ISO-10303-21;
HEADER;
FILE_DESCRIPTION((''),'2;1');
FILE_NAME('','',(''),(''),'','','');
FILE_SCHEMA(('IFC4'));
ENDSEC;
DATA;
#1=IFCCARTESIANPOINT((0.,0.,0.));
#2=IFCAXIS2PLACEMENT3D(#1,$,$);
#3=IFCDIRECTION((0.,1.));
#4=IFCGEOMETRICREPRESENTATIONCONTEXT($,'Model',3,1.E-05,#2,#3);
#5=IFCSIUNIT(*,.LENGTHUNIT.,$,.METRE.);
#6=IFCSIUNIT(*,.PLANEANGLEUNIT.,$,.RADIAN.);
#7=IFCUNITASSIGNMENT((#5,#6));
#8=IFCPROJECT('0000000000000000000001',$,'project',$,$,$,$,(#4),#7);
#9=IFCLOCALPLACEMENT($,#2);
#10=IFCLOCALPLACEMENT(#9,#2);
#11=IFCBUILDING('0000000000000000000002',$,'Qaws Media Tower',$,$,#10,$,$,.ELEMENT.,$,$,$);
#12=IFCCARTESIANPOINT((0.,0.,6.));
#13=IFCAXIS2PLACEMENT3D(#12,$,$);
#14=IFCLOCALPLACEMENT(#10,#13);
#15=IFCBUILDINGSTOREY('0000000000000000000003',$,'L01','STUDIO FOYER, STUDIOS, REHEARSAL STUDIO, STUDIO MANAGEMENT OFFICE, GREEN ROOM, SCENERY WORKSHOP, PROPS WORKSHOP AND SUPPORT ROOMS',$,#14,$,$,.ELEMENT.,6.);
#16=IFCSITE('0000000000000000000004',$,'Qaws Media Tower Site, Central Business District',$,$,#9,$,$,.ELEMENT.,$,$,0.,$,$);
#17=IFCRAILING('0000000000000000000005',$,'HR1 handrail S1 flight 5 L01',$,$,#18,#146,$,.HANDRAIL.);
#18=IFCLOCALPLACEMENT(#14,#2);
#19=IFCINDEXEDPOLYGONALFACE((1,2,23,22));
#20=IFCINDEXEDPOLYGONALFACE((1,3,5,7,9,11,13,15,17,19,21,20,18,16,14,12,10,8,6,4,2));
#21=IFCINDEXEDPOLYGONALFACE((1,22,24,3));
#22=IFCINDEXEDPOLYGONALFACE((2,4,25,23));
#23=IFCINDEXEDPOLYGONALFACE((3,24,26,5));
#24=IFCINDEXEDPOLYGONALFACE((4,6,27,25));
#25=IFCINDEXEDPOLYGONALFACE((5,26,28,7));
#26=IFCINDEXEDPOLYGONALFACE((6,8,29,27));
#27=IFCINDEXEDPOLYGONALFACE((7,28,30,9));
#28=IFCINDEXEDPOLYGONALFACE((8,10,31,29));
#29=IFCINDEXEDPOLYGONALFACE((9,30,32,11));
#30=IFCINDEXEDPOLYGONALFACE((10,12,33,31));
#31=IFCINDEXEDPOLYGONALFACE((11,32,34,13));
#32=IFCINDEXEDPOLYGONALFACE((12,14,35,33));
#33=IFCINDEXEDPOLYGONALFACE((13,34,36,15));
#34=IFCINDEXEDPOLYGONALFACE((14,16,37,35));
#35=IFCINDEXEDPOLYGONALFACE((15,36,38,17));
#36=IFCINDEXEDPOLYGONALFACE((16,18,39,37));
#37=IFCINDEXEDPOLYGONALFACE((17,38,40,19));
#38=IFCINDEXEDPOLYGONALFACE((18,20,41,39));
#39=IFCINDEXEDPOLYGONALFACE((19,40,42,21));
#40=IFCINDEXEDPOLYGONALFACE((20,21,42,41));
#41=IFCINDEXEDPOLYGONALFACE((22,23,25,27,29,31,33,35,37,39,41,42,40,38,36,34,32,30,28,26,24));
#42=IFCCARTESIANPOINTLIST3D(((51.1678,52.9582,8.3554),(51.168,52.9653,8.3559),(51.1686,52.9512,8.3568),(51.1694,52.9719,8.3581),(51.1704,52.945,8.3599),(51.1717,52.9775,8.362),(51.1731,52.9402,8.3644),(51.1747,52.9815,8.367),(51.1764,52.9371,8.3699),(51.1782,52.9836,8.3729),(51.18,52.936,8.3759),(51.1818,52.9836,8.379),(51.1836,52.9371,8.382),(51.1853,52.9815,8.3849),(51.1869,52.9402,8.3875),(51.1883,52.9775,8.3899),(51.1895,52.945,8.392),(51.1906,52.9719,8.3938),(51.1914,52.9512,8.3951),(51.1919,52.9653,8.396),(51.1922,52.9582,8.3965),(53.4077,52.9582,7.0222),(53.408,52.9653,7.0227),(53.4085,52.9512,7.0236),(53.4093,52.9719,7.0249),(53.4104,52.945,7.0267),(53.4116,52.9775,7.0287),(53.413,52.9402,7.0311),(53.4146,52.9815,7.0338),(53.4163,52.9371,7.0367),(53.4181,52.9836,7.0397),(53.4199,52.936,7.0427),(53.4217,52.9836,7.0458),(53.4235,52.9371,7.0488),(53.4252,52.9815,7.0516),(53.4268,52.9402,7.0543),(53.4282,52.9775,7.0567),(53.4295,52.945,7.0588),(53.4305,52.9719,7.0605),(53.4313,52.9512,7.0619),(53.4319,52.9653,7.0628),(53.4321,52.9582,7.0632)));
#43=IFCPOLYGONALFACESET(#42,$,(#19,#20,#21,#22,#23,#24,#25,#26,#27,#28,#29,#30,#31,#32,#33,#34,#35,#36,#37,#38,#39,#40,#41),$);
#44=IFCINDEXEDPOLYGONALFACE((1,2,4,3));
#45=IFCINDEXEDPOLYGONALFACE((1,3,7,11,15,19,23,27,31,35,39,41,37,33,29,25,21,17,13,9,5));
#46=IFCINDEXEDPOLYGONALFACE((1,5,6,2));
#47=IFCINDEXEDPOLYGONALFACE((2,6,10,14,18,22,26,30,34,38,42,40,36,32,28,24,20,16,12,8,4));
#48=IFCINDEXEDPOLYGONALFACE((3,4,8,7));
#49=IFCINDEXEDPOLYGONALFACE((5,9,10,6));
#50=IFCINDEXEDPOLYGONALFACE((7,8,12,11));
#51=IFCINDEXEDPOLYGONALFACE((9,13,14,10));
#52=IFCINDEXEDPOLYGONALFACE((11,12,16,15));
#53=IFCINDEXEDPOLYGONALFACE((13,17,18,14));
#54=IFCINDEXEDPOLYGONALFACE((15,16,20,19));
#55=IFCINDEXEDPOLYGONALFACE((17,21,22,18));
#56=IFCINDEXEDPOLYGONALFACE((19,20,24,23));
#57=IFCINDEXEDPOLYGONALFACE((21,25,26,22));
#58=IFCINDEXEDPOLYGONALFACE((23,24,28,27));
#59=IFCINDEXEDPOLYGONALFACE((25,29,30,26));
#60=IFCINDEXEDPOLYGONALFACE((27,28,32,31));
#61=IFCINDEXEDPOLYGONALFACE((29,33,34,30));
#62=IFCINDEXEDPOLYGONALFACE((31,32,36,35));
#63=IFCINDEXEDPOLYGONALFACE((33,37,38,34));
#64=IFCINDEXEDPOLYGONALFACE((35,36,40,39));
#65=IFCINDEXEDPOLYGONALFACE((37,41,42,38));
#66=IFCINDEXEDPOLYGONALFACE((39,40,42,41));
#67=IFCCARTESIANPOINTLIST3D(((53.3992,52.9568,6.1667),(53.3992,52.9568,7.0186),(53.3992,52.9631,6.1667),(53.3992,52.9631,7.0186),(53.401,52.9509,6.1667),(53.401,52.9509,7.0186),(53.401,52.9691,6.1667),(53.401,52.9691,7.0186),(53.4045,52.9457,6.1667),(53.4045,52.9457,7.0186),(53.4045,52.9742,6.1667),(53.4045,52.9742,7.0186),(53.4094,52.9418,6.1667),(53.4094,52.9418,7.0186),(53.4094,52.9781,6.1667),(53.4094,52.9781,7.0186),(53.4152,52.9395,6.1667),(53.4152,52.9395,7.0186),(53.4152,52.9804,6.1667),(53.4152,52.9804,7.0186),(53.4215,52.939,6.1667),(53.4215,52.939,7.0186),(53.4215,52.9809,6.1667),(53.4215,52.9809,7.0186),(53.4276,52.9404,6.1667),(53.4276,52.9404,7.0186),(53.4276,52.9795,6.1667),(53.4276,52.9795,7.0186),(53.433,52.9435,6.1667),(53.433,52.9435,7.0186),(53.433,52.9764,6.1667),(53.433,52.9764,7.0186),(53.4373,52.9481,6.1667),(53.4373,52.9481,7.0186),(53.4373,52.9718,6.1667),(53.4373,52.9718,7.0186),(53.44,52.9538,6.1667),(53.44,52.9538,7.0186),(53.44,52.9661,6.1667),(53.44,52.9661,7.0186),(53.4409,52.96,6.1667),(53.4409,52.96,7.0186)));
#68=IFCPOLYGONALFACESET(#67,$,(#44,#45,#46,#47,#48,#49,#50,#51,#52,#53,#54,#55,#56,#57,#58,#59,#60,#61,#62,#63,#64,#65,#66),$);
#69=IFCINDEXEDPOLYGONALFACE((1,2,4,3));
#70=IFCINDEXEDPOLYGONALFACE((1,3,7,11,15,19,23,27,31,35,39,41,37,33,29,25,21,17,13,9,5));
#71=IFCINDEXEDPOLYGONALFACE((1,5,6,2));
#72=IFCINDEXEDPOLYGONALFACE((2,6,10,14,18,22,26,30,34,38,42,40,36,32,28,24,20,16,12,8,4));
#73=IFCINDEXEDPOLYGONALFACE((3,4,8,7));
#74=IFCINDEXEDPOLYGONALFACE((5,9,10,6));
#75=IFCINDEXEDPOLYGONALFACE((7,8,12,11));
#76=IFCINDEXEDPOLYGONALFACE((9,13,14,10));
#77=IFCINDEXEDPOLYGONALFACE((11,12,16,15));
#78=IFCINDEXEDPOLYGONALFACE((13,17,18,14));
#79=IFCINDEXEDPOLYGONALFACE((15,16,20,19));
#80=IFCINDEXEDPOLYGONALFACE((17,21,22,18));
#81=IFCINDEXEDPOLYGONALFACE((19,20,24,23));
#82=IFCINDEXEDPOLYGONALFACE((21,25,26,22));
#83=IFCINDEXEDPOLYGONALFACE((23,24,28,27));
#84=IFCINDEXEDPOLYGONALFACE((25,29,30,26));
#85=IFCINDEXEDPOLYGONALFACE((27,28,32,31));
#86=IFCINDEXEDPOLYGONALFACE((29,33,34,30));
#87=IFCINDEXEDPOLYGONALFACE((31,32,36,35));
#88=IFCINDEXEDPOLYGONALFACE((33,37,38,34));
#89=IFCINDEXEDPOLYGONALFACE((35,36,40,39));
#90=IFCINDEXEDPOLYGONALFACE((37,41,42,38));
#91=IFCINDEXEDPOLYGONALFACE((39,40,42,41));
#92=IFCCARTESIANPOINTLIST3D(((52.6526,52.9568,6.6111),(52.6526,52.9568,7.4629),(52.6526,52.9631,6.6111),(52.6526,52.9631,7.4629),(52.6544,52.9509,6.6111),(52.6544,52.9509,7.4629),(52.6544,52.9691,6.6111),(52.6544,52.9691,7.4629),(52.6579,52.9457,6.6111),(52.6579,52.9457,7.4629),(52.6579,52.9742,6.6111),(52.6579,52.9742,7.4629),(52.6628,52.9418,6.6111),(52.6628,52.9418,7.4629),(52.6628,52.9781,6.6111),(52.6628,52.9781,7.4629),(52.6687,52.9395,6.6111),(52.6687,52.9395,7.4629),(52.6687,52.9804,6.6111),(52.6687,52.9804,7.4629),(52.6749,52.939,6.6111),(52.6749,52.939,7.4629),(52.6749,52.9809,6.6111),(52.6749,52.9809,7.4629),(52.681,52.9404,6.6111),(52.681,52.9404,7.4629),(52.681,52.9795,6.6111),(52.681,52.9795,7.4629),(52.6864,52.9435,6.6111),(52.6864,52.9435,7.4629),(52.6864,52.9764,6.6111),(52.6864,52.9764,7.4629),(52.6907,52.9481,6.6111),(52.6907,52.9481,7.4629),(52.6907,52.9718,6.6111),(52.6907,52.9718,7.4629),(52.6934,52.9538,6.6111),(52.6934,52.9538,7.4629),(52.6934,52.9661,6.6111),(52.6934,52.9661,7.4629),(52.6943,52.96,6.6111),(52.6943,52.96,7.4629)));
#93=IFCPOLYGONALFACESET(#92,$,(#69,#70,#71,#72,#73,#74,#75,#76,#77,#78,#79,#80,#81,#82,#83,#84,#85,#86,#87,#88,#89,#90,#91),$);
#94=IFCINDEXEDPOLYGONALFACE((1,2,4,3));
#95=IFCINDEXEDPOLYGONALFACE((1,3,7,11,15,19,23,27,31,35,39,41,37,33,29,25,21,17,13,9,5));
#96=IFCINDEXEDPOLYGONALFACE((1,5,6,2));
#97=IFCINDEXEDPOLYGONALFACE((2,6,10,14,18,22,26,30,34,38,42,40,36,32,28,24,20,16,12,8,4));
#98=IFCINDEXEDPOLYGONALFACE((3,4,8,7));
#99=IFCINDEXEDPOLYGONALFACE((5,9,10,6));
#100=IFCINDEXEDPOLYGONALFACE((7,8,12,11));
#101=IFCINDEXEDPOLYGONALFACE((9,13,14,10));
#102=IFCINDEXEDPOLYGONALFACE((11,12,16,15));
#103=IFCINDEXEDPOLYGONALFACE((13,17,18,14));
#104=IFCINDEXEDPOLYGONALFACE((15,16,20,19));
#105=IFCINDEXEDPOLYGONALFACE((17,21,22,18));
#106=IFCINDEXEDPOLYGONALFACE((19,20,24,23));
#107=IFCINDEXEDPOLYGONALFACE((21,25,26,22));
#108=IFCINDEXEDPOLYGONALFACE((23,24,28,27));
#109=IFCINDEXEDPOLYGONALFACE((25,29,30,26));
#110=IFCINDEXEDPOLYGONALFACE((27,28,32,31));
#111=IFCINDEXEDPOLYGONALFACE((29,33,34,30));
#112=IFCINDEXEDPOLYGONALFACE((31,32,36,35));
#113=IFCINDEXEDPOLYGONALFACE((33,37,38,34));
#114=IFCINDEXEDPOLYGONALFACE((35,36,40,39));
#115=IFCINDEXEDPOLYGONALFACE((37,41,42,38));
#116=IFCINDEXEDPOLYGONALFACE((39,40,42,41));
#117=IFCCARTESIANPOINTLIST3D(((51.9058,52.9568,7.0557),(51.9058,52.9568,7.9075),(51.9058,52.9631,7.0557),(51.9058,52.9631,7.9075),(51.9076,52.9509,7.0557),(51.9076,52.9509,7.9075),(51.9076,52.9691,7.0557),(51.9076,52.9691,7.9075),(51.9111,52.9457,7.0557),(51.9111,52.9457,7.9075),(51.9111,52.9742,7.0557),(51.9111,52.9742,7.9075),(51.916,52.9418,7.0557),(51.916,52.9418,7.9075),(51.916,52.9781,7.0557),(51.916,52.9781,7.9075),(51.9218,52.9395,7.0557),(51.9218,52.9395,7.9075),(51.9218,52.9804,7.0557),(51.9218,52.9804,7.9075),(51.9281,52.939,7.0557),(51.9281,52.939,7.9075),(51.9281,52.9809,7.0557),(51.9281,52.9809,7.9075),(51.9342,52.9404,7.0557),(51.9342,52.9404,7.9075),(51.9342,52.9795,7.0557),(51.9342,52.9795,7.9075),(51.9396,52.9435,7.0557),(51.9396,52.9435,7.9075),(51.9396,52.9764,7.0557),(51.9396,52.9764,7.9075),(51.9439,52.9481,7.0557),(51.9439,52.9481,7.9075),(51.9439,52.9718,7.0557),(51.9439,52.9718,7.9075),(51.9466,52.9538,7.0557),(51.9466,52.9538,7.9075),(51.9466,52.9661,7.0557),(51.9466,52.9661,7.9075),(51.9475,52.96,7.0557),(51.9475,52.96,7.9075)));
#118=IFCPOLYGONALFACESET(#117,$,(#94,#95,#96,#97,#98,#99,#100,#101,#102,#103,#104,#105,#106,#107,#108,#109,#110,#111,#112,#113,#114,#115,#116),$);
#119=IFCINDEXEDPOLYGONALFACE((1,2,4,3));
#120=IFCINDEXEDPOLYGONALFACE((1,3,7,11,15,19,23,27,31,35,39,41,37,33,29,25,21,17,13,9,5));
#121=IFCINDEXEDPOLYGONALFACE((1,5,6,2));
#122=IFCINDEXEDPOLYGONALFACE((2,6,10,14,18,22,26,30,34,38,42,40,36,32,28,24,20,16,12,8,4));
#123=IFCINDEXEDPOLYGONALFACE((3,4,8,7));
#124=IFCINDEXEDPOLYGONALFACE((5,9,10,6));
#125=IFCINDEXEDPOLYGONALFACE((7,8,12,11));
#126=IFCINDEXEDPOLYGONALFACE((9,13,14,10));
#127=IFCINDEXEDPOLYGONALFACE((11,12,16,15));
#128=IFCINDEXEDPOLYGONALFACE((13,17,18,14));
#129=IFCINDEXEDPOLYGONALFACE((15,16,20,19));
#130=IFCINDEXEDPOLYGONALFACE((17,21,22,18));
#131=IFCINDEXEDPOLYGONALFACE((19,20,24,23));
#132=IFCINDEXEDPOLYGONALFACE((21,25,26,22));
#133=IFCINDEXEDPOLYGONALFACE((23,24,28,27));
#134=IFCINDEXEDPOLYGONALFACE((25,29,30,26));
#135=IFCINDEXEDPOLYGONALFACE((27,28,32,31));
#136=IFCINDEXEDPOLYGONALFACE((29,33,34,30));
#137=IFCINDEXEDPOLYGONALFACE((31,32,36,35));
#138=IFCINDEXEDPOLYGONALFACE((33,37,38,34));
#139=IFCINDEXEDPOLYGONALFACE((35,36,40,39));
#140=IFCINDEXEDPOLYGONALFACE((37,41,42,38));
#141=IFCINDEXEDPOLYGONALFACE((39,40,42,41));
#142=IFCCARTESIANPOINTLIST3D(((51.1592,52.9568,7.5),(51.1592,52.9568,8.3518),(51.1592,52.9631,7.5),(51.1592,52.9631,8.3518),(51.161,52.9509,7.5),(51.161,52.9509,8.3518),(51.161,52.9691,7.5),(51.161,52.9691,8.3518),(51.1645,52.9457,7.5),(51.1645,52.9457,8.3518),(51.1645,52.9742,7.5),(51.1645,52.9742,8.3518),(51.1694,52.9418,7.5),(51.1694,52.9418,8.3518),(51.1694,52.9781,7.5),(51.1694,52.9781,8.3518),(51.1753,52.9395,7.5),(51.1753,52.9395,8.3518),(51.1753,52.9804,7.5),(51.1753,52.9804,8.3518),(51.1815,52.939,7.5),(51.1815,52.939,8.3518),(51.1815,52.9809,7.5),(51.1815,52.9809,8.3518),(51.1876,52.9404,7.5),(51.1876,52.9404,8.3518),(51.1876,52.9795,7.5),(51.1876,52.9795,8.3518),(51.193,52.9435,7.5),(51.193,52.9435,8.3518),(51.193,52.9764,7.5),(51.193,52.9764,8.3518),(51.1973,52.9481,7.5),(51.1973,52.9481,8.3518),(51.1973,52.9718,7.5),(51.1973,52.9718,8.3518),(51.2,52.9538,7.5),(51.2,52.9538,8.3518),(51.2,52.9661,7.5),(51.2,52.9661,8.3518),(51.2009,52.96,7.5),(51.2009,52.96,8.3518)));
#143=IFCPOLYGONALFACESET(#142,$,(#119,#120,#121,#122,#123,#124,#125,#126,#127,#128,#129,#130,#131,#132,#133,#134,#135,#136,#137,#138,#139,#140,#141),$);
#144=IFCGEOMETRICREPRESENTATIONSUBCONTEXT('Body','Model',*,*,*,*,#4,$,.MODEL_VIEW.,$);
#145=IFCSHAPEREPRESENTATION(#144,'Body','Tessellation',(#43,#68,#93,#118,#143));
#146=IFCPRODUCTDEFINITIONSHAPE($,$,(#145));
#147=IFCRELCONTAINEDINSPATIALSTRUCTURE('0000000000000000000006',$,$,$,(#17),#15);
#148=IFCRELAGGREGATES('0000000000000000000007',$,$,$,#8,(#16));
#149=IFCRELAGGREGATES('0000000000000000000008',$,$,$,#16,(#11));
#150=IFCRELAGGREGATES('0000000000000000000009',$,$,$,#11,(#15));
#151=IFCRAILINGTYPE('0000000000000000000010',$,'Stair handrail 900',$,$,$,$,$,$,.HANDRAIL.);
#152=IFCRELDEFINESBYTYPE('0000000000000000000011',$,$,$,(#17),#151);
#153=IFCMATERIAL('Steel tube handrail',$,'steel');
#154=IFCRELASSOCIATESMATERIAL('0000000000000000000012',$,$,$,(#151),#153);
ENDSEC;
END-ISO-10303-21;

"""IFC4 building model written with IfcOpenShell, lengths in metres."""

from ifc_helpers import new_model, si_unit, direction, frame, origin, origin_2d, place, context, subcontext, project, spatial, circle, extrude, material, type_object, element, save


model = new_model("IFC4")

# Units and contexts
model_context = context("Model", 3, precision=1e-05, world=origin(), true_north=direction((0.0, 1.0)))
body_context = subcontext(model_context, "Body", "Model", "MODEL_VIEW")
ifc_project = project(units=[si_unit("LENGTHUNIT", "METRE"), si_unit("PLANEANGLEUNIT", "RADIAN")], contexts=[model_context])

# Site, building, storey
site_placement = place(None, origin())
site = spatial("IfcSite", under=ifc_project, at=site_placement, Name="Qaws Media Tower Site, Central Business District", CompositionType="ELEMENT", RefElevation=0.0)
building_placement = place(site_placement, origin())
building = spatial("IfcBuilding", under=site, at=building_placement, Name="Qaws Media Tower", CompositionType="ELEMENT")
storey_placement = place(building_placement, frame((0.0, 0.0, 6.0)))
storey = spatial("IfcBuildingStorey", under=building, at=storey_placement, Name="L01", Description="STUDIO FOYER, STUDIOS, REHEARSAL STUDIO, STUDIO MANAGEMENT OFFICE, GREEN ROOM, SCENERY WORKSHOP, PROPS WORKSHOP AND SUPPORT ROOMS", CompositionType="ELEMENT", Elevation=6.0)

# Railing
ifc_material_1 = material(Name="Steel tube handrail", Category="steel")
railing_type = type_object("IfcRailingType", Name="Stair handrail 900", PredefinedType="HANDRAIL", material=ifc_material_1)
for number, where, name in (
    (1, (53.4199, 52.96, 6.1667), "HR1 handrail S1 flight 5 L01"),
):
    element("IfcRailing", number, at=place(storey_placement, frame(where)), inside=storey, type_object=railing_type, Name=name, PredefinedType="HANDRAIL", context=body_context, shape_type="SweptSolid", body=[
        extrude(circle(Radius=0.0239, at=origin_2d()), frame((0.0, 0.0, 0.876), z_axis=(-0.859306, 0.0, 0.511462), x_axis=(0.0, -1.0, 0.0)), (0.0, 0.0, 1.0), 2.6067),
        extrude(circle(Radius=0.021, at=origin_2d()), origin(), (0.0, 0.0, 1.0), 0.8518),
        extrude(circle(Radius=0.021, at=origin_2d()), frame((-0.7466, 0.0, 0.4443)), (0.0, 0.0, 1.0), 0.8518),
        extrude(circle(Radius=0.021, at=origin_2d()), frame((-1.4934, 0.0, 0.8889)), (0.0, 0.0, 1.0), 0.8518),
        extrude(circle(Radius=0.021, at=origin_2d()), frame((-2.24, 0.0, 1.3333)), (0.0, 0.0, 1.0), 0.8518),
    ])

save(model, "model.ifc")
